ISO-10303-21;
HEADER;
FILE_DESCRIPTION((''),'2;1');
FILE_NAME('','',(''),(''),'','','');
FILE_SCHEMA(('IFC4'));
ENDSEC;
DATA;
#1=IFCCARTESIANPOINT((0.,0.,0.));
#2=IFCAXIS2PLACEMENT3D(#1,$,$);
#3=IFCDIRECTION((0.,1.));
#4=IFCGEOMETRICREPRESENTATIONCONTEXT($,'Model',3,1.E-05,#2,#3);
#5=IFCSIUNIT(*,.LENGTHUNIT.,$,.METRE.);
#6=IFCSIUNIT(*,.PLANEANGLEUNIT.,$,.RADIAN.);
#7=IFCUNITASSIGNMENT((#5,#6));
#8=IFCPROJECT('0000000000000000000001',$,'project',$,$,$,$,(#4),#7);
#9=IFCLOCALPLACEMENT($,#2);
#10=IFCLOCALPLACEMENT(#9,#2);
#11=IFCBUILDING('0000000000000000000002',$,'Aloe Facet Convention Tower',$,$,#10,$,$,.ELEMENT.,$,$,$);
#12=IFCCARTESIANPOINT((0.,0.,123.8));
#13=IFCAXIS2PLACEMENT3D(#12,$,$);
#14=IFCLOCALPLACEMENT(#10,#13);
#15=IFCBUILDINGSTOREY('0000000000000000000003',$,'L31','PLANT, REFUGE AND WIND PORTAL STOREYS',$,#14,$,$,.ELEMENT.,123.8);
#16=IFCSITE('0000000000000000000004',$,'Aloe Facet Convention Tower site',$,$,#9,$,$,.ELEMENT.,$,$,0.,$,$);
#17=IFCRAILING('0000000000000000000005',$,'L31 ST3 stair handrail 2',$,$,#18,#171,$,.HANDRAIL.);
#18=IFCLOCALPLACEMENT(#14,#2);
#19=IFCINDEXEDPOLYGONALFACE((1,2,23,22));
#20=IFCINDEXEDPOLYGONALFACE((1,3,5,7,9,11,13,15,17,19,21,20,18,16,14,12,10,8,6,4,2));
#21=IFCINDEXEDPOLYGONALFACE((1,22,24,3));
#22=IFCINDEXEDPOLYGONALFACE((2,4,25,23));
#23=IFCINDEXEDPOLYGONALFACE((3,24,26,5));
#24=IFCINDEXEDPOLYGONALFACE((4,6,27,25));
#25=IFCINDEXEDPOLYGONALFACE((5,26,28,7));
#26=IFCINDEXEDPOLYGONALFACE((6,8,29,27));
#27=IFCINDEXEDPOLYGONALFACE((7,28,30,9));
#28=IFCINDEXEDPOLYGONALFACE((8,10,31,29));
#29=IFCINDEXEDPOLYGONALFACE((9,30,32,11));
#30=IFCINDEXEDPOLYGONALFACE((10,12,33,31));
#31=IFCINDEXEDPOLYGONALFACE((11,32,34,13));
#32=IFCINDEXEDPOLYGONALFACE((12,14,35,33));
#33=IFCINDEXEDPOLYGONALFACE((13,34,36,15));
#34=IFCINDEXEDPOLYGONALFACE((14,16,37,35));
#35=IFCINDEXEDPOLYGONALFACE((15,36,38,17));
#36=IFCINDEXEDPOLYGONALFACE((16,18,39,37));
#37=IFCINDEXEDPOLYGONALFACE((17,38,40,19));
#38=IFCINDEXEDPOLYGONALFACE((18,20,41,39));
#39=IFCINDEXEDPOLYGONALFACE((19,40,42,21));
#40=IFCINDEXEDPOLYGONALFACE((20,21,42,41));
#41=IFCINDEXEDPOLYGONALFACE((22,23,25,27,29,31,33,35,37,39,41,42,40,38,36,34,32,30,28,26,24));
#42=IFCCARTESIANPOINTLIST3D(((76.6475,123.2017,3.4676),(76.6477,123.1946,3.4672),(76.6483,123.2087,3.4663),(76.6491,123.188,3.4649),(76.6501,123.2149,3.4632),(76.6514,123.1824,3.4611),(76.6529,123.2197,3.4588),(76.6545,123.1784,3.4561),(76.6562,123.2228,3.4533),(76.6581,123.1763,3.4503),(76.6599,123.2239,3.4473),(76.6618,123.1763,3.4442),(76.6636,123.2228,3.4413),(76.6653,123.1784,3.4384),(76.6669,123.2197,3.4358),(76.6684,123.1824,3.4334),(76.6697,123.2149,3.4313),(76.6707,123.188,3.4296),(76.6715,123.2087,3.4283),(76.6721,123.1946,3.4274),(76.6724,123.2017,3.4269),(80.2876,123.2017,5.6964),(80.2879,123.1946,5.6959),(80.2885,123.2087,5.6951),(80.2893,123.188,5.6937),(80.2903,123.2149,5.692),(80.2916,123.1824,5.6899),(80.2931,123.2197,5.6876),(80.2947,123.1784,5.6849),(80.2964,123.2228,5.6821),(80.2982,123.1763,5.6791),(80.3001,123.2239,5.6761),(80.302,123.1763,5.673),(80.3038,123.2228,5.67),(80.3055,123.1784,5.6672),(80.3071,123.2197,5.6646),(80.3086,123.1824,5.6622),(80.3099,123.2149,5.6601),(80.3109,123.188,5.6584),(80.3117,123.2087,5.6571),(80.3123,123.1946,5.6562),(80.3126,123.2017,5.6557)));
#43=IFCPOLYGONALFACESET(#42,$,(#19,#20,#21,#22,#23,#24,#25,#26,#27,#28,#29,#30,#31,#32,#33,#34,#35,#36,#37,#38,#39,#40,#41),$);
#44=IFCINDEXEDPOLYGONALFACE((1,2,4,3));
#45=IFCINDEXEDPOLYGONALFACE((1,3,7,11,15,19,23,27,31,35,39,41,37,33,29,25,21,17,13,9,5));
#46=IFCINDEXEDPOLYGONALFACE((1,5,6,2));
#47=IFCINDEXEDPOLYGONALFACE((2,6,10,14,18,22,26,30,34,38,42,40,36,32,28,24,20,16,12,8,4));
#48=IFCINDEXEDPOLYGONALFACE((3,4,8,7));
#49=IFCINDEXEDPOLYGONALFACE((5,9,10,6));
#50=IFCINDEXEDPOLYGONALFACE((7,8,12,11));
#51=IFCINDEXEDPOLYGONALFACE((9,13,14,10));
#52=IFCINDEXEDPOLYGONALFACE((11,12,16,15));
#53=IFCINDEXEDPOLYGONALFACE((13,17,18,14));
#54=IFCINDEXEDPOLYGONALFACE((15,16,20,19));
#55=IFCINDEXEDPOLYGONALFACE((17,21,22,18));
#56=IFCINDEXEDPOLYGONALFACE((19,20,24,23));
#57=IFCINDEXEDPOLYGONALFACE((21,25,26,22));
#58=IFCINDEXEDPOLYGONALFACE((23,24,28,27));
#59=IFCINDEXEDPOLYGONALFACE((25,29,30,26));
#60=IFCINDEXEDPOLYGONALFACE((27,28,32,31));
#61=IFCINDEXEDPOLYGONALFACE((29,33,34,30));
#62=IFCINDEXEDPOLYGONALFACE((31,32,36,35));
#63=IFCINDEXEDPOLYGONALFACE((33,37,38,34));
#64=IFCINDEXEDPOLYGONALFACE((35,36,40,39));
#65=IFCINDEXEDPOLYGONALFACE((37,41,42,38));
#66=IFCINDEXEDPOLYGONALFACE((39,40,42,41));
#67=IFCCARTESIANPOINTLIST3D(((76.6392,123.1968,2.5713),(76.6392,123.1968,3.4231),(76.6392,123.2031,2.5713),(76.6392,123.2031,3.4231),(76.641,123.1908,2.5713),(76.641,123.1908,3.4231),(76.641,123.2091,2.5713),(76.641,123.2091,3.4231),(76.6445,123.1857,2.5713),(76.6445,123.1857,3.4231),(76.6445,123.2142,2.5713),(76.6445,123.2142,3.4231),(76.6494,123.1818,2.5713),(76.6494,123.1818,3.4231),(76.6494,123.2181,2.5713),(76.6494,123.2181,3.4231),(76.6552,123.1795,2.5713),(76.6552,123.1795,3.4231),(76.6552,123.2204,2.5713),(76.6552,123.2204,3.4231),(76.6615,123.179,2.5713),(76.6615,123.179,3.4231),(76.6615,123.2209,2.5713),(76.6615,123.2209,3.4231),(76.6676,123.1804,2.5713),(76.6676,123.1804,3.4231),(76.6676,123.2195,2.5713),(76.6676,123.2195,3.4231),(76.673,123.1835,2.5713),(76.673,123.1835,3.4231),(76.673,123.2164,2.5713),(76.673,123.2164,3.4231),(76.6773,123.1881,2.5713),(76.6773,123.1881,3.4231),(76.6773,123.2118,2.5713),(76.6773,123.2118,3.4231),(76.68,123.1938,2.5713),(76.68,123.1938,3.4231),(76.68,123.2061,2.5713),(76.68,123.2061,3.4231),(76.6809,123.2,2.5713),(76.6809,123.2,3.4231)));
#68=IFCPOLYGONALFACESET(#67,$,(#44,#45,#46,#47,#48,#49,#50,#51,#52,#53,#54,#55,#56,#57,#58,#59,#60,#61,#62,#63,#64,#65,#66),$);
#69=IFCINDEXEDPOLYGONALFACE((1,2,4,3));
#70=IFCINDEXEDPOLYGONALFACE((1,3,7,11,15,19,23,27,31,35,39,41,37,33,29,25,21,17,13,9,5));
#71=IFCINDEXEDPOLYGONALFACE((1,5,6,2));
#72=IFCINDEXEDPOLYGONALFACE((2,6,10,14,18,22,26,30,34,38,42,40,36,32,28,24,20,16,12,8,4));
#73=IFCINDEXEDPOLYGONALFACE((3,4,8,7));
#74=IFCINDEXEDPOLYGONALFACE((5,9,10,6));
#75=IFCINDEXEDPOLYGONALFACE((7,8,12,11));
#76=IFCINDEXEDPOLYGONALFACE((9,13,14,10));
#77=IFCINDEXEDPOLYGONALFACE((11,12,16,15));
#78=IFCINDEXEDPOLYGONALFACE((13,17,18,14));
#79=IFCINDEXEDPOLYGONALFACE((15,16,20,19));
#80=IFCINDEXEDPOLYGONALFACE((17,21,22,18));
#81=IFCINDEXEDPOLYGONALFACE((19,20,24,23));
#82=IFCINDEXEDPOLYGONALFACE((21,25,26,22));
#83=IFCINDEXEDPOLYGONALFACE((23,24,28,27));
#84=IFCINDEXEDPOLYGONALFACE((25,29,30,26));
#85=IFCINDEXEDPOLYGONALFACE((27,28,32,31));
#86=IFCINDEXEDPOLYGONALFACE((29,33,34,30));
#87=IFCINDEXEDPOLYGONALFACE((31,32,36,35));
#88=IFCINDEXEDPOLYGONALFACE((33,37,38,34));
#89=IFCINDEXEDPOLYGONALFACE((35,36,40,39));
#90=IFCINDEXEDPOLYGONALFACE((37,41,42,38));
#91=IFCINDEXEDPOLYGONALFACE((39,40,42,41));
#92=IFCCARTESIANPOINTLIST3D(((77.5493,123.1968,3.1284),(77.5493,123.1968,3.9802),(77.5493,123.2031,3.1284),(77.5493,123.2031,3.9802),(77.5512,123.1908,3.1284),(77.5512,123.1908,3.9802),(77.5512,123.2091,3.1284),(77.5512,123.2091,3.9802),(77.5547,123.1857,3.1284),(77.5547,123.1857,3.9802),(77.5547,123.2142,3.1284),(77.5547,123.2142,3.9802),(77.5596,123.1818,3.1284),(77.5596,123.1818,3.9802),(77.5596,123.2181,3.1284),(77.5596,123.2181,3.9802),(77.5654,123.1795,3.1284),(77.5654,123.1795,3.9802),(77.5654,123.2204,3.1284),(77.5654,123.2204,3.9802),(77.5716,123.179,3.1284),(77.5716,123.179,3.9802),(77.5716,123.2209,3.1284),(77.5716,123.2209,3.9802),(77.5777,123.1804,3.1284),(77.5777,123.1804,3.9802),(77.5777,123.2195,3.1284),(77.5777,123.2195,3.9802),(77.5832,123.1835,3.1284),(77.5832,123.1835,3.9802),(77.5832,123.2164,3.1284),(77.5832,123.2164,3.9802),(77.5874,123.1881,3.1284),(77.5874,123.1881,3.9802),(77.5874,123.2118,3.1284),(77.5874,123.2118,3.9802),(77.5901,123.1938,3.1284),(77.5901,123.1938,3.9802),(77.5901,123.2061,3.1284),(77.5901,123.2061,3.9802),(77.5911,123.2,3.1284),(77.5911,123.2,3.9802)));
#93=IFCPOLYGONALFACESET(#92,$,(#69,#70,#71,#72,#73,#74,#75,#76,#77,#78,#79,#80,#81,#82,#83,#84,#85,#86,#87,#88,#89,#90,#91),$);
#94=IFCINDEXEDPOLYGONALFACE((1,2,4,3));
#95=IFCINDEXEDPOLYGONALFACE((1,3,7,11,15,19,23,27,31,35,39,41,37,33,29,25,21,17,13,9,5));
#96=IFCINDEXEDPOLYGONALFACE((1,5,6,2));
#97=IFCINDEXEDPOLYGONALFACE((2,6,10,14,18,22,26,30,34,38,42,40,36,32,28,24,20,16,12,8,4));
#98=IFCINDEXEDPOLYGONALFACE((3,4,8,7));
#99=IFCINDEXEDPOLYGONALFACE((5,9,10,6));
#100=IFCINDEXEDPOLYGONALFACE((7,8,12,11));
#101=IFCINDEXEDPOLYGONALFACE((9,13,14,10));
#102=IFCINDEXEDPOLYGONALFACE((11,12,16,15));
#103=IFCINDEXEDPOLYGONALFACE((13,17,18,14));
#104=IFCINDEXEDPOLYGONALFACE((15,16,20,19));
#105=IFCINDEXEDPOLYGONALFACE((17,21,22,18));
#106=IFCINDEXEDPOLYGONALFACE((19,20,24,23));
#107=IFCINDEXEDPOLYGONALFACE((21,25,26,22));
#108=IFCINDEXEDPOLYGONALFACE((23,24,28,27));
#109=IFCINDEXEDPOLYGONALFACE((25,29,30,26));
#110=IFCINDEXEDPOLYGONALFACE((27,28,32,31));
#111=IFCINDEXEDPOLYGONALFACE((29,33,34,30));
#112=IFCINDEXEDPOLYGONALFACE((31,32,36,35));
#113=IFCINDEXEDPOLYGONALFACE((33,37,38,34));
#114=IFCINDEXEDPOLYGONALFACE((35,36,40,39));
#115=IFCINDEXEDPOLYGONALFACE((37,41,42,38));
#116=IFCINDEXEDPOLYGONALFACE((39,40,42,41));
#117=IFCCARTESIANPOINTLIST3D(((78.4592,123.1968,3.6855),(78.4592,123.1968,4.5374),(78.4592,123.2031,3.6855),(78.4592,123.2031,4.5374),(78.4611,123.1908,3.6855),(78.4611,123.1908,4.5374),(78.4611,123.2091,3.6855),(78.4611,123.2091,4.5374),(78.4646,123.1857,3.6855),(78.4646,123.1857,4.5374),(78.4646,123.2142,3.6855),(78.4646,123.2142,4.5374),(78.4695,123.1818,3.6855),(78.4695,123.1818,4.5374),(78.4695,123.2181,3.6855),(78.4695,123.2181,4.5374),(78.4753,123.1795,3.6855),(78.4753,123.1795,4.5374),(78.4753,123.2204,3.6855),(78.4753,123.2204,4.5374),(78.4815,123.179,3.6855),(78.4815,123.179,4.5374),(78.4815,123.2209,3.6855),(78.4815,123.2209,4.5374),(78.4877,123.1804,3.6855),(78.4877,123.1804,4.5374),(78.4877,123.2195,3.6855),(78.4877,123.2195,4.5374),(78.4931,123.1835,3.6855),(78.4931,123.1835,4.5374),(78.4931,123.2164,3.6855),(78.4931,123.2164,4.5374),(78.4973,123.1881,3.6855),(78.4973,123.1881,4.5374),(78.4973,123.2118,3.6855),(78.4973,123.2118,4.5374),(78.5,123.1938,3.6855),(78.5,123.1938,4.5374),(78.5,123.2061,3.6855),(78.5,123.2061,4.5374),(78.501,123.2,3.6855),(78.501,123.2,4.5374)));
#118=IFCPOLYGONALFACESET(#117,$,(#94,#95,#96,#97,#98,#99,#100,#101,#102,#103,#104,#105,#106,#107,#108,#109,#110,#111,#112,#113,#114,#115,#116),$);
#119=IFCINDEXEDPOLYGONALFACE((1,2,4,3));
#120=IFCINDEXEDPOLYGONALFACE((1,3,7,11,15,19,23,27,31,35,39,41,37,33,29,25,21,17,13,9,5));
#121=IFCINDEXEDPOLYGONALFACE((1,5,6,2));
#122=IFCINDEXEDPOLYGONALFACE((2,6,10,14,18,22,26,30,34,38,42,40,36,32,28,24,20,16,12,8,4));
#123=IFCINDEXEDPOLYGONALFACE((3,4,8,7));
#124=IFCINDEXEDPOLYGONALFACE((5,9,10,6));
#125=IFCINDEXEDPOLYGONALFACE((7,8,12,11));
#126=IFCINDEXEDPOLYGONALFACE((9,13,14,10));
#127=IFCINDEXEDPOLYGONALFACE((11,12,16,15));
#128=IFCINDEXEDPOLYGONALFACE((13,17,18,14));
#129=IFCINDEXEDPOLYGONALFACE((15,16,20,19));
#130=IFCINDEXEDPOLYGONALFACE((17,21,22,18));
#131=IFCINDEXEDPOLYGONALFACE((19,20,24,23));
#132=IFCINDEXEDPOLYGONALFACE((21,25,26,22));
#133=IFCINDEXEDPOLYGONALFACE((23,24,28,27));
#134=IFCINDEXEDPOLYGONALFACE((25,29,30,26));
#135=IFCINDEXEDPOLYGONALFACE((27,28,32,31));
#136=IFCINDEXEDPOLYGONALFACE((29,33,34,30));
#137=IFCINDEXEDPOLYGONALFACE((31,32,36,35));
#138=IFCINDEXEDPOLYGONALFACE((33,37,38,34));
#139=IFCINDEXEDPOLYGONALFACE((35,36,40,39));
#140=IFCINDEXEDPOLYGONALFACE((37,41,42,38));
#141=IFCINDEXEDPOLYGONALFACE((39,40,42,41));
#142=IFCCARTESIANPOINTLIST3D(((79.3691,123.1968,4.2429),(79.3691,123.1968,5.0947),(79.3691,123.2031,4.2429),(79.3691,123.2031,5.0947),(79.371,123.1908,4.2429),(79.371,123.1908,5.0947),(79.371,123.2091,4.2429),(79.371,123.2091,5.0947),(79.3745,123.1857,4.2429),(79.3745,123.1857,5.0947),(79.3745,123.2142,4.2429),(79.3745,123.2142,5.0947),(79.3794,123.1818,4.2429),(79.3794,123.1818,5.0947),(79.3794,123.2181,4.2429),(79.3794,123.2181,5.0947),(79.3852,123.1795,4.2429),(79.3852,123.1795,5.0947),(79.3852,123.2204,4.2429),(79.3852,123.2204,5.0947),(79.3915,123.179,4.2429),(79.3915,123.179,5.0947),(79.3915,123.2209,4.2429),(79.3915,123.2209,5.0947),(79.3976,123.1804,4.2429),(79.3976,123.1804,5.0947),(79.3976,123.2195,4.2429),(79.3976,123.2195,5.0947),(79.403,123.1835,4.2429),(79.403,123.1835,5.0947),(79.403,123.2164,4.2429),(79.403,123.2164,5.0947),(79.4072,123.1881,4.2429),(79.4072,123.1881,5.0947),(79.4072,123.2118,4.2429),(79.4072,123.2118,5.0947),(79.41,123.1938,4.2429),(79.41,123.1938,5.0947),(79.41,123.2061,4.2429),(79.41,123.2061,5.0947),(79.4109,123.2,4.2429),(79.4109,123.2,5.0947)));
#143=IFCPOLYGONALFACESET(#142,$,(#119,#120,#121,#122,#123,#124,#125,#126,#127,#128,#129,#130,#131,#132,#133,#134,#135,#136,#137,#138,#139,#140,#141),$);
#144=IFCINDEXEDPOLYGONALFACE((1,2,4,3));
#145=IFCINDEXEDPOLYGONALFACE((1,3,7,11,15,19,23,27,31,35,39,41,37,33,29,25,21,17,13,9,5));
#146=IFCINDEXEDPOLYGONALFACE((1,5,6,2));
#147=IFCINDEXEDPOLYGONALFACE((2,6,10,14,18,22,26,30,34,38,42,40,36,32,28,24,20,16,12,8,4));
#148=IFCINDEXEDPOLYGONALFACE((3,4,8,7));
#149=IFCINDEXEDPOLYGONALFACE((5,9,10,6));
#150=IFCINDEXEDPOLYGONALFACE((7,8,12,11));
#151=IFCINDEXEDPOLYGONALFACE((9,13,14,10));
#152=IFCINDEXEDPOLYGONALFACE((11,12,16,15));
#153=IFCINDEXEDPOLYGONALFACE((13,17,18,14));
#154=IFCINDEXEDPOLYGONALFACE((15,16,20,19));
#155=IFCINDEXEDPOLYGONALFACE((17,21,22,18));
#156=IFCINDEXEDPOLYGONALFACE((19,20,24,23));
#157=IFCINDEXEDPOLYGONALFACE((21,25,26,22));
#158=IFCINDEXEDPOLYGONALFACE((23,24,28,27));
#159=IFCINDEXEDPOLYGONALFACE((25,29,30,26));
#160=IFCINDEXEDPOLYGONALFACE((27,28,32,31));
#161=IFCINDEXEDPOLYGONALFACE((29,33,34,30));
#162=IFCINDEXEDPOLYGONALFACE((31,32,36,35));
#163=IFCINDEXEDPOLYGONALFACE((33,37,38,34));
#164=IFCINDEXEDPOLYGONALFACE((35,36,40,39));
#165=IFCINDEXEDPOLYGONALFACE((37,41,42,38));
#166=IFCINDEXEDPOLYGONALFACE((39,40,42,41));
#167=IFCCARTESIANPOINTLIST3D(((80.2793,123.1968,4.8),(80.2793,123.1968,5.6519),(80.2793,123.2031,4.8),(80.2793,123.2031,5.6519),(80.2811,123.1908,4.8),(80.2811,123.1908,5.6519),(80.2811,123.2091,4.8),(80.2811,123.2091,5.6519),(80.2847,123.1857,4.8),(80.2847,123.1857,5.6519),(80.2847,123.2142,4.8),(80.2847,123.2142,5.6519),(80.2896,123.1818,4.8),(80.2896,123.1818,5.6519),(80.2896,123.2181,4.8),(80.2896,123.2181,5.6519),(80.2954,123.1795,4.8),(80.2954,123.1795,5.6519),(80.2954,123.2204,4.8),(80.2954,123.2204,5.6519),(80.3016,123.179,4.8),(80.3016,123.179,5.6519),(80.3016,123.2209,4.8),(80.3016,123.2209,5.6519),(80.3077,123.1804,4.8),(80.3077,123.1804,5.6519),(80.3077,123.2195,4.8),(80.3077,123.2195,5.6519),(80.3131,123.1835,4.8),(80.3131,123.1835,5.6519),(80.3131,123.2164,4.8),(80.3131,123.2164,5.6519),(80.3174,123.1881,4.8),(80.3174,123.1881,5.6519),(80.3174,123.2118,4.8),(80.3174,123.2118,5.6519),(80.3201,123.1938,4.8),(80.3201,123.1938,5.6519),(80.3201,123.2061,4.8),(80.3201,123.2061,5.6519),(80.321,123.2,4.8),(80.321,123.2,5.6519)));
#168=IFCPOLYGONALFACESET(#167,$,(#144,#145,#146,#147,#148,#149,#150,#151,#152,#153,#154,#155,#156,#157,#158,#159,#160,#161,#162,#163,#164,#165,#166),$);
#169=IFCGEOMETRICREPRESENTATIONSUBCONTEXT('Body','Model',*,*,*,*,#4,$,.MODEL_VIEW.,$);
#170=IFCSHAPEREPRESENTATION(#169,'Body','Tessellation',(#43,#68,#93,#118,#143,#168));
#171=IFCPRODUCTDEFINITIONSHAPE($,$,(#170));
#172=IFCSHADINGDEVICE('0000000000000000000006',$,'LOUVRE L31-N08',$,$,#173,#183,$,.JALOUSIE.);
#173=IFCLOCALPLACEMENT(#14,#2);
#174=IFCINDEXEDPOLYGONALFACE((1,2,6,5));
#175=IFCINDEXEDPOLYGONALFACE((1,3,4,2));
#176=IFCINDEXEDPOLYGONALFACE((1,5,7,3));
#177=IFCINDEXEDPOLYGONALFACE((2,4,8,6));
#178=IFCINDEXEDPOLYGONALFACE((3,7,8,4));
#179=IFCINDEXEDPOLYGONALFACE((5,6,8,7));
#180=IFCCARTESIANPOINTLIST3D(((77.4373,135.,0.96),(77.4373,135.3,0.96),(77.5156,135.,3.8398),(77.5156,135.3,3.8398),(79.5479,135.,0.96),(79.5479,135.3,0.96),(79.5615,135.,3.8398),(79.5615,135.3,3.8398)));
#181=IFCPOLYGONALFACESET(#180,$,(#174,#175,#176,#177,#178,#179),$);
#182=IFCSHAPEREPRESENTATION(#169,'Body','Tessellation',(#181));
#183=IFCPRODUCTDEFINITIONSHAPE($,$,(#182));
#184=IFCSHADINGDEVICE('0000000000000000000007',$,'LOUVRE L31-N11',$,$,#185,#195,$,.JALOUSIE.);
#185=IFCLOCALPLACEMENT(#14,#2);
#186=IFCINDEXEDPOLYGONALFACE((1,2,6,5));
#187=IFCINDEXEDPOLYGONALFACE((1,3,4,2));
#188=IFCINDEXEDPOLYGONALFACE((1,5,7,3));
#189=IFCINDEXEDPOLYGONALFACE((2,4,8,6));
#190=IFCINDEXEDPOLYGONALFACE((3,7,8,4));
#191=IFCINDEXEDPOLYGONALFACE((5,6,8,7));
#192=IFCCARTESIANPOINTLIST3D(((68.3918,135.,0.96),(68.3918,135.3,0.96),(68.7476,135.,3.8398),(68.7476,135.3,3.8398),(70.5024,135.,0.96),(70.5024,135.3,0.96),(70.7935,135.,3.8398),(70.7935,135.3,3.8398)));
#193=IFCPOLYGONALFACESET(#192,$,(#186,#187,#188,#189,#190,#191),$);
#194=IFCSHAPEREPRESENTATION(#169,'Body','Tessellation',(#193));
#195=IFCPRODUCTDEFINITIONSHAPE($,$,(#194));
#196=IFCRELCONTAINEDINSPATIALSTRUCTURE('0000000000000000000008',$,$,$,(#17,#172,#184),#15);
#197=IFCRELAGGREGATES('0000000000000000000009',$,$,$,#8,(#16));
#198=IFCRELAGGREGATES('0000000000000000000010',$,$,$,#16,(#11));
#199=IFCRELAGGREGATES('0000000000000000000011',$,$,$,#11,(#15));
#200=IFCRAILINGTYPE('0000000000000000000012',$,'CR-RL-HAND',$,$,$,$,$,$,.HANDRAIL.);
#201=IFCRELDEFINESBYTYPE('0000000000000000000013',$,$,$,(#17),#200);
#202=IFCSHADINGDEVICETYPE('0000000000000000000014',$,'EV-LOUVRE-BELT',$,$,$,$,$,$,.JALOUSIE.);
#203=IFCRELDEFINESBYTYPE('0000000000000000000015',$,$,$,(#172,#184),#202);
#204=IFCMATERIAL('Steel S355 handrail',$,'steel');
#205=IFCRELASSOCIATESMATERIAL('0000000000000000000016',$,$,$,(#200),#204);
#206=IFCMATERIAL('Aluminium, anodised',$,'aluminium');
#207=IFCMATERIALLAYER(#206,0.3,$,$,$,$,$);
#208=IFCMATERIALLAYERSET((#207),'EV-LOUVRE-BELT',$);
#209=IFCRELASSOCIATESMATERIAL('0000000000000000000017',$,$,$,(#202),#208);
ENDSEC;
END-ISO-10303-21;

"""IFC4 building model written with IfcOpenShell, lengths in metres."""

from ifc_helpers import new_model, si_unit, direction, frame, origin, origin_2d, place, context, subcontext, project, spatial, polyline, circle, outline, extrude, material, layer, layer_set, type_object, element, save


model = new_model("IFC4")

# Units and contexts
model_context = context("Model", 3, precision=1e-05, world=origin(), true_north=direction((0.0, 1.0)))
body_context = subcontext(model_context, "Body", "Model", "MODEL_VIEW")
ifc_project = project(units=[si_unit("LENGTHUNIT", "METRE"), si_unit("PLANEANGLEUNIT", "RADIAN")], contexts=[model_context])

# Site, building, storey
site_placement = place(None, origin())
site = spatial("IfcSite", under=ifc_project, at=site_placement, Name="Aloe Facet Convention Tower site", CompositionType="ELEMENT", RefElevation=0.0)
building_placement = place(site_placement, origin())
building = spatial("IfcBuilding", under=site, at=building_placement, Name="Aloe Facet Convention Tower", CompositionType="ELEMENT")
storey_placement = place(building_placement, frame((0.0, 0.0, 123.8)))
storey = spatial("IfcBuildingStorey", under=building, at=storey_placement, Name="L31", Description="PLANT, REFUGE AND WIND PORTAL STOREYS", CompositionType="ELEMENT", Elevation=123.8)

# Railing
ifc_material_1 = material(Name="Steel S355 handrail", Category="steel")
railing_type_1 = type_object("IfcRailingType", Name="CR-RL-HAND", PredefinedType="HANDRAIL", material=ifc_material_1)
railing_1_placement = place(storey_placement, frame((76.6599, 123.2, 2.5713)))
element("IfcRailing", 1, at=railing_1_placement, inside=storey, type_object=railing_type_1, Name="L31 ST3 stair handrail 2", PredefinedType="HANDRAIL", context=body_context, shape_type="SweptSolid", body=[
    extrude(circle(Radius=0.0239, at=origin_2d()), frame((0.0, 0.0, 0.876), z_axis=(0.85284, 0.0, 0.522172), x_axis=(0.0, 1.0, 0.0)), (0.0, 0.0, 1.0), 4.2683),
    extrude(circle(Radius=0.021, at=origin_2d()), origin(), (0.0, 0.0, 1.0), 0.8518),
    extrude(circle(Radius=0.021, at=origin_2d()), frame((0.9102, 0.0, 0.5571)), (0.0, 0.0, 1.0), 0.8518),
    extrude(circle(Radius=0.021, at=origin_2d()), frame((1.8201, 0.0, 1.1143)), (0.0, 0.0, 1.0), 0.8518),
    extrude(circle(Radius=0.021, at=origin_2d()), frame((2.73, 0.0, 1.6716)), (0.0, 0.0, 1.0), 0.8518),
    extrude(circle(Radius=0.021, at=origin_2d()), frame((3.6401, 0.0, 2.2288)), (0.0, 0.0, 1.0), 0.8518),
])

# Shading devices
ifc_material_2 = material(Name="Aluminium, anodised", Category="aluminium")
ifc_layer_1 = layer(ifc_material_2, 0.3)
ifc_layer_set_1 = layer_set([ifc_layer_1], Name="EV-LOUVRE-BELT")
shading_device_type = type_object("IfcShadingDeviceType", Name="EV-LOUVRE-BELT", PredefinedType="JALOUSIE", material=ifc_layer_set_1)
shading_device_1_placement = place(storey_placement, frame((79.5479, 135.3, 0.96), z_axis=(0.0, 1.0, 0.0), x_axis=(-1.0, 0.0, 0.0)))
element("IfcShadingDevice", 2, at=shading_device_1_placement, inside=storey, type_object=shading_device_type, Name="LOUVRE L31-N08", PredefinedType="JALOUSIE", context=body_context, shape_type="SweptSolid", body=[
    extrude(outline(polyline([(0.0, 0.0), (2.1106, 0.0), (2.0322, 2.8799), (-0.0137, 2.8799), (0.0, 0.0)])), origin(), (0.0, 0.0, -1.0), 0.3),
])
shading_device_2_placement = place(storey_placement, frame((70.5024, 135.3, 0.96), z_axis=(0.0, 1.0, 0.0), x_axis=(-1.0, 0.0, 0.0)))
element("IfcShadingDevice", 3, at=shading_device_2_placement, inside=storey, type_object=shading_device_type, Name="LOUVRE L31-N11", PredefinedType="JALOUSIE", context=body_context, shape_type="SweptSolid", body=[
    extrude(outline(polyline([(0.0, 0.0), (2.1106, 0.0), (1.7549, 2.8799), (-0.291, 2.8799), (0.0, 0.0)])), origin(), (0.0, 0.0, -1.0), 0.3),
])

save(model, "model.ifc")
